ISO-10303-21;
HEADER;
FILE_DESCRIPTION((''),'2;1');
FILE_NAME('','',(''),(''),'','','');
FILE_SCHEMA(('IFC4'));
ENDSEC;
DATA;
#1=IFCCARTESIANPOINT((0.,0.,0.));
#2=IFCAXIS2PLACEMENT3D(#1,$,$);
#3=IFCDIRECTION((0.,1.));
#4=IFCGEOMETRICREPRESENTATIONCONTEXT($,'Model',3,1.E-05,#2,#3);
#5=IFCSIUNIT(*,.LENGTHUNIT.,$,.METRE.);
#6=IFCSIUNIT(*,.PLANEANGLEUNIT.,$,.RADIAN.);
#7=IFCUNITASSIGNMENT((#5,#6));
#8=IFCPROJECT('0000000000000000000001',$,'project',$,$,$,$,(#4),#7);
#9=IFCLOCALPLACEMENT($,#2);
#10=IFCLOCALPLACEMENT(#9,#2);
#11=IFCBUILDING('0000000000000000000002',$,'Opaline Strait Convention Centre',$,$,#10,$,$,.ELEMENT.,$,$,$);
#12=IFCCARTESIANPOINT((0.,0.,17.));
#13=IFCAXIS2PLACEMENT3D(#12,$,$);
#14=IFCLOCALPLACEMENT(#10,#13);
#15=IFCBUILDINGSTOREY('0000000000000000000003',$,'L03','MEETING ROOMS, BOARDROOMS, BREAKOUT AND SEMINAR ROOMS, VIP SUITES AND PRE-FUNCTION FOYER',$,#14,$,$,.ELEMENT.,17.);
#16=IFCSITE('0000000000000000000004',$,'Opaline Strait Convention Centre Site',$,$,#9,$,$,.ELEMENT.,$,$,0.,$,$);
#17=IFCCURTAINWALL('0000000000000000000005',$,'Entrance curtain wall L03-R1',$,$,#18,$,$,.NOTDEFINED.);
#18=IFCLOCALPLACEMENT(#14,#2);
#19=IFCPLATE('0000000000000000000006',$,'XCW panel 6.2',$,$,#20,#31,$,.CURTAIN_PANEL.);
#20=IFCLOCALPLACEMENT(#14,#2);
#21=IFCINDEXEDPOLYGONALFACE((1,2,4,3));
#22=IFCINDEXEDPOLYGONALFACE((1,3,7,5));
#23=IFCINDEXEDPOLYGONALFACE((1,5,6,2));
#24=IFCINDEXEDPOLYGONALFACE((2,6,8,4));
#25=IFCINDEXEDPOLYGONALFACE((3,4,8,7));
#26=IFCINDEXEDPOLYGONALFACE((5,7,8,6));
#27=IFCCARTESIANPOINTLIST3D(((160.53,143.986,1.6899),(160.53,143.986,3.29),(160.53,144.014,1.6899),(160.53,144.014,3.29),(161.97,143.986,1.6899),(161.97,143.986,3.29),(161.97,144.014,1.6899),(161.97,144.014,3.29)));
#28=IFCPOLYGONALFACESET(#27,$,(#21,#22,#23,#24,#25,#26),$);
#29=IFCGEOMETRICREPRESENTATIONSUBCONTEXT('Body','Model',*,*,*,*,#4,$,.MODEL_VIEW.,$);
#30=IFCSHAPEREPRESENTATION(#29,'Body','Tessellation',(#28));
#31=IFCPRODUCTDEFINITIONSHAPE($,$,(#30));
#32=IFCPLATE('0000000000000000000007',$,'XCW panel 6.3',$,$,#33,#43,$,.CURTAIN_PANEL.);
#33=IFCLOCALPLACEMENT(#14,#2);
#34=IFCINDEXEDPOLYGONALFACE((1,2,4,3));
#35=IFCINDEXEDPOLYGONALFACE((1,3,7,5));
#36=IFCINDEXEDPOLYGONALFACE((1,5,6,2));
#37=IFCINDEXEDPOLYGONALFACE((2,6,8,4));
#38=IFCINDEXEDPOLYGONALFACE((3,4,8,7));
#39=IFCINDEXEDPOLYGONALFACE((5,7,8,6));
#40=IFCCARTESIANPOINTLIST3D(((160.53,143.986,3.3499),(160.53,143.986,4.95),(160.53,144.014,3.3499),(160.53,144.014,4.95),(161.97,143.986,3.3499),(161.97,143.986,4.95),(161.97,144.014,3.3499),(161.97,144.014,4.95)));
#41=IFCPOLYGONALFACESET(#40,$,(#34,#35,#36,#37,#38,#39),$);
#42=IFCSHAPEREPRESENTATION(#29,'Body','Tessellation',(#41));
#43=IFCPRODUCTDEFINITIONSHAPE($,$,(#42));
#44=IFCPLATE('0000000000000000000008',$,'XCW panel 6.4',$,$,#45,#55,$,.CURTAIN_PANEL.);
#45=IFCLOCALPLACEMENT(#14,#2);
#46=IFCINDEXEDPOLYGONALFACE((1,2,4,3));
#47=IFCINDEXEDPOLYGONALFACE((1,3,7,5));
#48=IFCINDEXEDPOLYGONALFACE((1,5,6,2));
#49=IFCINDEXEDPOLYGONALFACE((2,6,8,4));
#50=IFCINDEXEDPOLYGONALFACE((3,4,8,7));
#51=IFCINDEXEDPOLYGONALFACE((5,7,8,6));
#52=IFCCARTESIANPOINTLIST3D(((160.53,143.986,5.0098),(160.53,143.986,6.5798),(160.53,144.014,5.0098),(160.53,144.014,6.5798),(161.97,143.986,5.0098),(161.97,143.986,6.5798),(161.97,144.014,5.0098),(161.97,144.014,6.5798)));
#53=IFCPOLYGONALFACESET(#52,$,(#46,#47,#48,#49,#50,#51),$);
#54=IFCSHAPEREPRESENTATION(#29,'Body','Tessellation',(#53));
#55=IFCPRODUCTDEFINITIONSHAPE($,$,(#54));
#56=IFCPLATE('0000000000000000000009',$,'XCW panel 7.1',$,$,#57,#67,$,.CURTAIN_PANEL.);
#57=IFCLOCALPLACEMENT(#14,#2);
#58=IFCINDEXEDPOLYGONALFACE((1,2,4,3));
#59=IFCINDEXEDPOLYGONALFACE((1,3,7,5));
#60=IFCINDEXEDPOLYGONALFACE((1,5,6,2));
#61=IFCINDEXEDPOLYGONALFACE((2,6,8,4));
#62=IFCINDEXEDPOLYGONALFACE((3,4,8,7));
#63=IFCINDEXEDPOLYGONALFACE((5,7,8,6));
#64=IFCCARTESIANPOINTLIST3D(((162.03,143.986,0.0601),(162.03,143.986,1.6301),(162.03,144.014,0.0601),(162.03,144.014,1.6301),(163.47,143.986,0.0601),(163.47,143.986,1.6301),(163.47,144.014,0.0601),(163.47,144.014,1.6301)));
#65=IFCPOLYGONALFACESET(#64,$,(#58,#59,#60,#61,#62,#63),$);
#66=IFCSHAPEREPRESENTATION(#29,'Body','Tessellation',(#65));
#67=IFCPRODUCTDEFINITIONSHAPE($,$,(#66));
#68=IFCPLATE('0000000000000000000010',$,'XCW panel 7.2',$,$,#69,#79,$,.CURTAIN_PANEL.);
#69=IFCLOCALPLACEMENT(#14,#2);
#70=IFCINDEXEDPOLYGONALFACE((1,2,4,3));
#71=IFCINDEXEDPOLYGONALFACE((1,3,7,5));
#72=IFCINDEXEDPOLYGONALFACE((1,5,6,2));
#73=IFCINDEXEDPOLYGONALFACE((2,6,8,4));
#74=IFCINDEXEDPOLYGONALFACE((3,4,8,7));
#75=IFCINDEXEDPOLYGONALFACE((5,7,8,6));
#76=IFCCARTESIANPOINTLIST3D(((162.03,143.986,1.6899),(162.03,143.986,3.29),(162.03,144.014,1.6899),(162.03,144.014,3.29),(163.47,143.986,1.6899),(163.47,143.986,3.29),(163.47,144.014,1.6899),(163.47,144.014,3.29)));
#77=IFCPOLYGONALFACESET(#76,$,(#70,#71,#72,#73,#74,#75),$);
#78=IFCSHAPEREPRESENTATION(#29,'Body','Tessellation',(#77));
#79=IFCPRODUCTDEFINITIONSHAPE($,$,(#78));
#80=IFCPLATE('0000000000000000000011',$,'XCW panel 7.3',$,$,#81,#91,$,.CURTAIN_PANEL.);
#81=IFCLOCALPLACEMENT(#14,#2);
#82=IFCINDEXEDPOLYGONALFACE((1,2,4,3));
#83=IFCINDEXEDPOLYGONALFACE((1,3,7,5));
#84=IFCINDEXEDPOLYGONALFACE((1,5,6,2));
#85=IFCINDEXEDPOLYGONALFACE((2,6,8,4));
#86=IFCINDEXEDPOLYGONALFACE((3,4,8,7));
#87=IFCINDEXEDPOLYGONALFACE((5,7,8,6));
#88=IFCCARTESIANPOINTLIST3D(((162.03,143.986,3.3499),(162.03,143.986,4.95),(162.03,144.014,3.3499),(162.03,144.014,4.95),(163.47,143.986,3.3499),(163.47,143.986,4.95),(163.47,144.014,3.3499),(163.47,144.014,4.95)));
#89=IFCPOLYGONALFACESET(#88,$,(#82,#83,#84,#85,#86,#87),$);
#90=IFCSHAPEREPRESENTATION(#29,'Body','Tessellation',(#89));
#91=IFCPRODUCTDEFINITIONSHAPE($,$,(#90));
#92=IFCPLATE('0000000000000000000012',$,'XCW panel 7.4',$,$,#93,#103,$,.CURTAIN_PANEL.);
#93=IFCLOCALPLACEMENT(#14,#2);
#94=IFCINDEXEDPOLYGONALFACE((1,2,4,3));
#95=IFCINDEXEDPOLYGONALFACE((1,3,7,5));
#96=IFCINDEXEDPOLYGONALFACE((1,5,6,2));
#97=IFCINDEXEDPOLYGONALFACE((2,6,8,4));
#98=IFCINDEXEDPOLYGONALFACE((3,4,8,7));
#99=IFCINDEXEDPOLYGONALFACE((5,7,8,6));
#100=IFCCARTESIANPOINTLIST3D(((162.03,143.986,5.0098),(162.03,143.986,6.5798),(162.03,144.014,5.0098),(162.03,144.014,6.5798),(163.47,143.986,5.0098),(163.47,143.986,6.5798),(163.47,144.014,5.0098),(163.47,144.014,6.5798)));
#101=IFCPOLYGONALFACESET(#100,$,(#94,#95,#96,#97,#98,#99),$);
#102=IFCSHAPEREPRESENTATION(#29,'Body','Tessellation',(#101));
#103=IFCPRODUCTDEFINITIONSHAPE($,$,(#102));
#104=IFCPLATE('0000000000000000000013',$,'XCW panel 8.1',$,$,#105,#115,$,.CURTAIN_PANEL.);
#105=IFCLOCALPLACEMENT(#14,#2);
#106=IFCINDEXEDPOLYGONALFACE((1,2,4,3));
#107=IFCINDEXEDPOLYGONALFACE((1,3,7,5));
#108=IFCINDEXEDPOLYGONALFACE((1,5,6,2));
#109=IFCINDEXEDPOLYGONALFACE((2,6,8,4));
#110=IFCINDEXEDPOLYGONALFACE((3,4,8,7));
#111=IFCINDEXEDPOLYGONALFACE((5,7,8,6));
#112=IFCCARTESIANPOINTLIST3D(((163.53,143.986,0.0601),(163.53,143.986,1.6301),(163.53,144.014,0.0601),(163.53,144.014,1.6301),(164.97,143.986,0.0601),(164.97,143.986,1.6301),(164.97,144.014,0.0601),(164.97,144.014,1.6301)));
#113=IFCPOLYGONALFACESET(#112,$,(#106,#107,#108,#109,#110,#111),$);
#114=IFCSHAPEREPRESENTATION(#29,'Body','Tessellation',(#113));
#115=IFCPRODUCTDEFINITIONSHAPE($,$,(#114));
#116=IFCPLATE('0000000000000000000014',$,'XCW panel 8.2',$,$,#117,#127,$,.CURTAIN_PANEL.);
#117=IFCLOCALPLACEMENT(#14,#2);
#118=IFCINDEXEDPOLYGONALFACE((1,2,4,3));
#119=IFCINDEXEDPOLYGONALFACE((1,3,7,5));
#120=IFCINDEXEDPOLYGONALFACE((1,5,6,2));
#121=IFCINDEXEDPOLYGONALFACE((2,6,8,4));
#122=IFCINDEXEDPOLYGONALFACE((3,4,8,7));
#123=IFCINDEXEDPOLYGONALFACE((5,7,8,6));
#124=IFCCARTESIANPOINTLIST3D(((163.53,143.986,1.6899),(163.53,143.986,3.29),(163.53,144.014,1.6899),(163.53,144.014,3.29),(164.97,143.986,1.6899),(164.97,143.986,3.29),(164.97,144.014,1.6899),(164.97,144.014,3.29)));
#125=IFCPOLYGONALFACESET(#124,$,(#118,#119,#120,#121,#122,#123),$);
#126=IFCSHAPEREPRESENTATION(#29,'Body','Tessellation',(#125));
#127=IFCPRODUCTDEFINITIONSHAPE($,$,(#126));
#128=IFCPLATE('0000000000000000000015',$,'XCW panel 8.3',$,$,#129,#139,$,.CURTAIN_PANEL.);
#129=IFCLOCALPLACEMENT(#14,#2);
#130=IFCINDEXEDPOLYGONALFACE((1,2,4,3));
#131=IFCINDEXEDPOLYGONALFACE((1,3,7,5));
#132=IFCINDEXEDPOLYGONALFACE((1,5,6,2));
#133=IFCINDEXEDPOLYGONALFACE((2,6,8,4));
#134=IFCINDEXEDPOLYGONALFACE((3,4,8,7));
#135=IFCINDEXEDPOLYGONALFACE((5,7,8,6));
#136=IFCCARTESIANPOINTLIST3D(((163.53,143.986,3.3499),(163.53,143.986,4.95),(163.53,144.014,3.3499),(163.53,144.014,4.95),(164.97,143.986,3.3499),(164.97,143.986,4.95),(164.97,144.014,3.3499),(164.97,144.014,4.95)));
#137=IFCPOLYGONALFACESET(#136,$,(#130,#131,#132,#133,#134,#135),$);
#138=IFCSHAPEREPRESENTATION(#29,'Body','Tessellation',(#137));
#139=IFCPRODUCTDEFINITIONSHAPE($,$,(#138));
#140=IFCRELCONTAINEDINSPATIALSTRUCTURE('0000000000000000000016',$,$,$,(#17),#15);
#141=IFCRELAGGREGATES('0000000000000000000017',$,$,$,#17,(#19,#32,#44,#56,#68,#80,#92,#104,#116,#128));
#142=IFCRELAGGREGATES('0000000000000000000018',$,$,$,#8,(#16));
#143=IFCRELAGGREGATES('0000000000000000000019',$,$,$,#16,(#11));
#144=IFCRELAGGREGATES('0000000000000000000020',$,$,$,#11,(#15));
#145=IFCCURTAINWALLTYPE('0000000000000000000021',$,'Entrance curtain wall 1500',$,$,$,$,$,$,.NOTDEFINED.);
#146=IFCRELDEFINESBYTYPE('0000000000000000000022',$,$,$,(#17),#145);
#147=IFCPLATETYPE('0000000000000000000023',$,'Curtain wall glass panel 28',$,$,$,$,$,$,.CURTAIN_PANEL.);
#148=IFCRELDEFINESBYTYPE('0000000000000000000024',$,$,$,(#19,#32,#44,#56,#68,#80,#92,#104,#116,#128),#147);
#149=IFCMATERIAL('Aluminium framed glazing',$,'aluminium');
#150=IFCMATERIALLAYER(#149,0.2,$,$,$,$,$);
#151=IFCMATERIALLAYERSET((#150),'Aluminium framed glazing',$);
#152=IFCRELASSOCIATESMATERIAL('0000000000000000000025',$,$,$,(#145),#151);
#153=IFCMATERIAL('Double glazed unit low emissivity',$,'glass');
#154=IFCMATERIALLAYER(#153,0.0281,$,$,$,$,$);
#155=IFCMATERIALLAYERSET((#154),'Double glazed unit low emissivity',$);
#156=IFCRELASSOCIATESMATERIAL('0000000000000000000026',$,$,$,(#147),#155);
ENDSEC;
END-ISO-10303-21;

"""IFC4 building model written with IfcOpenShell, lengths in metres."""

from ifc_helpers import new_model, si_unit, direction, frame, origin, origin_2d, place, context, subcontext, project, spatial, rectangle, extrude, material, layer, layer_set, type_object, element, aggregate, save


model = new_model("IFC4")

# Units and contexts
model_context = context("Model", 3, precision=1e-05, world=origin(), true_north=direction((0.0, 1.0)))
body_context = subcontext(model_context, "Body", "Model", "MODEL_VIEW")
ifc_project = project(units=[si_unit("LENGTHUNIT", "METRE"), si_unit("PLANEANGLEUNIT", "RADIAN")], contexts=[model_context])

# Site, building, storey
site_placement = place(None, origin())
site = spatial("IfcSite", under=ifc_project, at=site_placement, Name="Opaline Strait Convention Centre Site", CompositionType="ELEMENT", RefElevation=0.0)
building_placement = place(site_placement, origin())
building = spatial("IfcBuilding", under=site, at=building_placement, Name="Opaline Strait Convention Centre", CompositionType="ELEMENT")
storey_placement = place(building_placement, frame((0.0, 0.0, 17.0)))
storey = spatial("IfcBuildingStorey", under=building, at=storey_placement, Name="L03", Description="MEETING ROOMS, BOARDROOMS, BREAKOUT AND SEMINAR ROOMS, VIP SUITES AND PRE-FUNCTION FOYER", CompositionType="ELEMENT", Elevation=17.0)

# Curtain wall, plates
ifc_material_1 = material(Name="Aluminium framed glazing", Category="aluminium")
ifc_layer_1 = layer(ifc_material_1, 0.2)
ifc_layer_set_1 = layer_set([ifc_layer_1], Name="Aluminium framed glazing")
curtain_wall_type = type_object("IfcCurtainWallType", Name="Entrance curtain wall 1500", PredefinedType="NOTDEFINED", material=ifc_layer_set_1)
curtain_wall_placement = place(storey_placement, origin())
curtain_wall = element("IfcCurtainWall", 1, at=curtain_wall_placement, inside=storey, type_object=curtain_wall_type, Name="Entrance curtain wall L03-R1", PredefinedType="NOTDEFINED")
ifc_material_2 = material(Name="Double glazed unit low emissivity", Category="glass")
ifc_layer_2 = layer(ifc_material_2, 0.0281)
ifc_layer_set_2 = layer_set([ifc_layer_2], Name="Double glazed unit low emissivity")
plate_type = type_object("IfcPlateType", Name="Curtain wall glass panel 28", PredefinedType="CURTAIN_PANEL", material=ifc_layer_set_2)
plate_1_placement = place(storey_placement, frame((161.25, 144.0, 1.6899), z_axis=(0.0, 0.0, 1.0), x_axis=(1.0, 0.0, 0.0)))
plate_1 = element("IfcPlate", 2, at=plate_1_placement, type_object=plate_type, Name="XCW panel 6.2", PredefinedType="CURTAIN_PANEL", context=body_context, shape_type="SweptSolid", body=[
    extrude(rectangle(XDim=1.4399, YDim=0.0281, at=origin_2d()), origin(), (0.0, 0.0, 1.0), 1.6001),
])
plate_2_placement = place(storey_placement, frame((161.25, 144.0, 3.3499), z_axis=(0.0, 0.0, 1.0), x_axis=(1.0, 0.0, 0.0)))
plate_2 = element("IfcPlate", 3, at=plate_2_placement, type_object=plate_type, Name="XCW panel 6.3", PredefinedType="CURTAIN_PANEL", context=body_context, shape_type="SweptSolid", body=[
    extrude(rectangle(XDim=1.4399, YDim=0.0281, at=origin_2d()), origin(), (0.0, 0.0, 1.0), 1.6001),
])
plate_3_placement = place(storey_placement, frame((161.25, 144.0, 5.0098), z_axis=(0.0, 0.0, 1.0), x_axis=(1.0, 0.0, 0.0)))
plate_3 = element("IfcPlate", 4, at=plate_3_placement, type_object=plate_type, Name="XCW panel 6.4", PredefinedType="CURTAIN_PANEL", context=body_context, shape_type="SweptSolid", body=[
    extrude(rectangle(XDim=1.4399, YDim=0.0281, at=origin_2d()), origin(), (0.0, 0.0, 1.0), 1.5701),
])
plate_4_placement = place(storey_placement, frame((162.75, 144.0, 0.0601), z_axis=(0.0, 0.0, 1.0), x_axis=(1.0, 0.0, 0.0)))
plate_4 = element("IfcPlate", 5, at=plate_4_placement, type_object=plate_type, Name="XCW panel 7.1", PredefinedType="CURTAIN_PANEL", context=body_context, shape_type="SweptSolid", body=[
    extrude(rectangle(XDim=1.4399, YDim=0.0281, at=origin_2d()), origin(), (0.0, 0.0, 1.0), 1.5701),
])
plate_5_placement = place(storey_placement, frame((162.75, 144.0, 1.6899), z_axis=(0.0, 0.0, 1.0), x_axis=(1.0, 0.0, 0.0)))
plate_5 = element("IfcPlate", 6, at=plate_5_placement, type_object=plate_type, Name="XCW panel 7.2", PredefinedType="CURTAIN_PANEL", context=body_context, shape_type="SweptSolid", body=[
    extrude(rectangle(XDim=1.4399, YDim=0.0281, at=origin_2d()), origin(), (0.0, 0.0, 1.0), 1.6001),
])
plate_6_placement = place(storey_placement, frame((162.75, 144.0, 3.3499), z_axis=(0.0, 0.0, 1.0), x_axis=(1.0, 0.0, 0.0)))
plate_6 = element("IfcPlate", 7, at=plate_6_placement, type_object=plate_type, Name="XCW panel 7.3", PredefinedType="CURTAIN_PANEL", context=body_context, shape_type="SweptSolid", body=[
    extrude(rectangle(XDim=1.4399, YDim=0.0281, at=origin_2d()), origin(), (0.0, 0.0, 1.0), 1.6001),
])
plate_7_placement = place(storey_placement, frame((162.75, 144.0, 5.0098), z_axis=(0.0, 0.0, 1.0), x_axis=(1.0, 0.0, 0.0)))
plate_7 = element("IfcPlate", 8, at=plate_7_placement, type_object=plate_type, Name="XCW panel 7.4", PredefinedType="CURTAIN_PANEL", context=body_context, shape_type="SweptSolid", body=[
    extrude(rectangle(XDim=1.4399, YDim=0.0281, at=origin_2d()), origin(), (0.0, 0.0, 1.0), 1.5701),
])
plate_8_placement = place(storey_placement, frame((164.25, 144.0, 0.0601), z_axis=(0.0, 0.0, 1.0), x_axis=(1.0, 0.0, 0.0)))
plate_8 = element("IfcPlate", 9, at=plate_8_placement, type_object=plate_type, Name="XCW panel 8.1", PredefinedType="CURTAIN_PANEL", context=body_context, shape_type="SweptSolid", body=[
    extrude(rectangle(XDim=1.4399, YDim=0.0281, at=origin_2d()), origin(), (0.0, 0.0, 1.0), 1.5701),
])
plate_9_placement = place(storey_placement, frame((164.25, 144.0, 1.6899), z_axis=(0.0, 0.0, 1.0), x_axis=(1.0, 0.0, 0.0)))
plate_9 = element("IfcPlate", 10, at=plate_9_placement, type_object=plate_type, Name="XCW panel 8.2", PredefinedType="CURTAIN_PANEL", context=body_context, shape_type="SweptSolid", body=[
    extrude(rectangle(XDim=1.4399, YDim=0.0281, at=origin_2d()), origin(), (0.0, 0.0, 1.0), 1.6001),
])
plate_10_placement = place(storey_placement, frame((164.25, 144.0, 3.3499), z_axis=(0.0, 0.0, 1.0), x_axis=(1.0, 0.0, 0.0)))
plate_10 = element("IfcPlate", 11, at=plate_10_placement, type_object=plate_type, Name="XCW panel 8.3", PredefinedType="CURTAIN_PANEL", context=body_context, shape_type="SweptSolid", body=[
    extrude(rectangle(XDim=1.4399, YDim=0.0281, at=origin_2d()), origin(), (0.0, 0.0, 1.0), 1.6001),
])
aggregate(curtain_wall, [plate_1, plate_2, plate_3, plate_4, plate_5, plate_6, plate_7, plate_8, plate_9, plate_10])

save(model, "model.ifc")
